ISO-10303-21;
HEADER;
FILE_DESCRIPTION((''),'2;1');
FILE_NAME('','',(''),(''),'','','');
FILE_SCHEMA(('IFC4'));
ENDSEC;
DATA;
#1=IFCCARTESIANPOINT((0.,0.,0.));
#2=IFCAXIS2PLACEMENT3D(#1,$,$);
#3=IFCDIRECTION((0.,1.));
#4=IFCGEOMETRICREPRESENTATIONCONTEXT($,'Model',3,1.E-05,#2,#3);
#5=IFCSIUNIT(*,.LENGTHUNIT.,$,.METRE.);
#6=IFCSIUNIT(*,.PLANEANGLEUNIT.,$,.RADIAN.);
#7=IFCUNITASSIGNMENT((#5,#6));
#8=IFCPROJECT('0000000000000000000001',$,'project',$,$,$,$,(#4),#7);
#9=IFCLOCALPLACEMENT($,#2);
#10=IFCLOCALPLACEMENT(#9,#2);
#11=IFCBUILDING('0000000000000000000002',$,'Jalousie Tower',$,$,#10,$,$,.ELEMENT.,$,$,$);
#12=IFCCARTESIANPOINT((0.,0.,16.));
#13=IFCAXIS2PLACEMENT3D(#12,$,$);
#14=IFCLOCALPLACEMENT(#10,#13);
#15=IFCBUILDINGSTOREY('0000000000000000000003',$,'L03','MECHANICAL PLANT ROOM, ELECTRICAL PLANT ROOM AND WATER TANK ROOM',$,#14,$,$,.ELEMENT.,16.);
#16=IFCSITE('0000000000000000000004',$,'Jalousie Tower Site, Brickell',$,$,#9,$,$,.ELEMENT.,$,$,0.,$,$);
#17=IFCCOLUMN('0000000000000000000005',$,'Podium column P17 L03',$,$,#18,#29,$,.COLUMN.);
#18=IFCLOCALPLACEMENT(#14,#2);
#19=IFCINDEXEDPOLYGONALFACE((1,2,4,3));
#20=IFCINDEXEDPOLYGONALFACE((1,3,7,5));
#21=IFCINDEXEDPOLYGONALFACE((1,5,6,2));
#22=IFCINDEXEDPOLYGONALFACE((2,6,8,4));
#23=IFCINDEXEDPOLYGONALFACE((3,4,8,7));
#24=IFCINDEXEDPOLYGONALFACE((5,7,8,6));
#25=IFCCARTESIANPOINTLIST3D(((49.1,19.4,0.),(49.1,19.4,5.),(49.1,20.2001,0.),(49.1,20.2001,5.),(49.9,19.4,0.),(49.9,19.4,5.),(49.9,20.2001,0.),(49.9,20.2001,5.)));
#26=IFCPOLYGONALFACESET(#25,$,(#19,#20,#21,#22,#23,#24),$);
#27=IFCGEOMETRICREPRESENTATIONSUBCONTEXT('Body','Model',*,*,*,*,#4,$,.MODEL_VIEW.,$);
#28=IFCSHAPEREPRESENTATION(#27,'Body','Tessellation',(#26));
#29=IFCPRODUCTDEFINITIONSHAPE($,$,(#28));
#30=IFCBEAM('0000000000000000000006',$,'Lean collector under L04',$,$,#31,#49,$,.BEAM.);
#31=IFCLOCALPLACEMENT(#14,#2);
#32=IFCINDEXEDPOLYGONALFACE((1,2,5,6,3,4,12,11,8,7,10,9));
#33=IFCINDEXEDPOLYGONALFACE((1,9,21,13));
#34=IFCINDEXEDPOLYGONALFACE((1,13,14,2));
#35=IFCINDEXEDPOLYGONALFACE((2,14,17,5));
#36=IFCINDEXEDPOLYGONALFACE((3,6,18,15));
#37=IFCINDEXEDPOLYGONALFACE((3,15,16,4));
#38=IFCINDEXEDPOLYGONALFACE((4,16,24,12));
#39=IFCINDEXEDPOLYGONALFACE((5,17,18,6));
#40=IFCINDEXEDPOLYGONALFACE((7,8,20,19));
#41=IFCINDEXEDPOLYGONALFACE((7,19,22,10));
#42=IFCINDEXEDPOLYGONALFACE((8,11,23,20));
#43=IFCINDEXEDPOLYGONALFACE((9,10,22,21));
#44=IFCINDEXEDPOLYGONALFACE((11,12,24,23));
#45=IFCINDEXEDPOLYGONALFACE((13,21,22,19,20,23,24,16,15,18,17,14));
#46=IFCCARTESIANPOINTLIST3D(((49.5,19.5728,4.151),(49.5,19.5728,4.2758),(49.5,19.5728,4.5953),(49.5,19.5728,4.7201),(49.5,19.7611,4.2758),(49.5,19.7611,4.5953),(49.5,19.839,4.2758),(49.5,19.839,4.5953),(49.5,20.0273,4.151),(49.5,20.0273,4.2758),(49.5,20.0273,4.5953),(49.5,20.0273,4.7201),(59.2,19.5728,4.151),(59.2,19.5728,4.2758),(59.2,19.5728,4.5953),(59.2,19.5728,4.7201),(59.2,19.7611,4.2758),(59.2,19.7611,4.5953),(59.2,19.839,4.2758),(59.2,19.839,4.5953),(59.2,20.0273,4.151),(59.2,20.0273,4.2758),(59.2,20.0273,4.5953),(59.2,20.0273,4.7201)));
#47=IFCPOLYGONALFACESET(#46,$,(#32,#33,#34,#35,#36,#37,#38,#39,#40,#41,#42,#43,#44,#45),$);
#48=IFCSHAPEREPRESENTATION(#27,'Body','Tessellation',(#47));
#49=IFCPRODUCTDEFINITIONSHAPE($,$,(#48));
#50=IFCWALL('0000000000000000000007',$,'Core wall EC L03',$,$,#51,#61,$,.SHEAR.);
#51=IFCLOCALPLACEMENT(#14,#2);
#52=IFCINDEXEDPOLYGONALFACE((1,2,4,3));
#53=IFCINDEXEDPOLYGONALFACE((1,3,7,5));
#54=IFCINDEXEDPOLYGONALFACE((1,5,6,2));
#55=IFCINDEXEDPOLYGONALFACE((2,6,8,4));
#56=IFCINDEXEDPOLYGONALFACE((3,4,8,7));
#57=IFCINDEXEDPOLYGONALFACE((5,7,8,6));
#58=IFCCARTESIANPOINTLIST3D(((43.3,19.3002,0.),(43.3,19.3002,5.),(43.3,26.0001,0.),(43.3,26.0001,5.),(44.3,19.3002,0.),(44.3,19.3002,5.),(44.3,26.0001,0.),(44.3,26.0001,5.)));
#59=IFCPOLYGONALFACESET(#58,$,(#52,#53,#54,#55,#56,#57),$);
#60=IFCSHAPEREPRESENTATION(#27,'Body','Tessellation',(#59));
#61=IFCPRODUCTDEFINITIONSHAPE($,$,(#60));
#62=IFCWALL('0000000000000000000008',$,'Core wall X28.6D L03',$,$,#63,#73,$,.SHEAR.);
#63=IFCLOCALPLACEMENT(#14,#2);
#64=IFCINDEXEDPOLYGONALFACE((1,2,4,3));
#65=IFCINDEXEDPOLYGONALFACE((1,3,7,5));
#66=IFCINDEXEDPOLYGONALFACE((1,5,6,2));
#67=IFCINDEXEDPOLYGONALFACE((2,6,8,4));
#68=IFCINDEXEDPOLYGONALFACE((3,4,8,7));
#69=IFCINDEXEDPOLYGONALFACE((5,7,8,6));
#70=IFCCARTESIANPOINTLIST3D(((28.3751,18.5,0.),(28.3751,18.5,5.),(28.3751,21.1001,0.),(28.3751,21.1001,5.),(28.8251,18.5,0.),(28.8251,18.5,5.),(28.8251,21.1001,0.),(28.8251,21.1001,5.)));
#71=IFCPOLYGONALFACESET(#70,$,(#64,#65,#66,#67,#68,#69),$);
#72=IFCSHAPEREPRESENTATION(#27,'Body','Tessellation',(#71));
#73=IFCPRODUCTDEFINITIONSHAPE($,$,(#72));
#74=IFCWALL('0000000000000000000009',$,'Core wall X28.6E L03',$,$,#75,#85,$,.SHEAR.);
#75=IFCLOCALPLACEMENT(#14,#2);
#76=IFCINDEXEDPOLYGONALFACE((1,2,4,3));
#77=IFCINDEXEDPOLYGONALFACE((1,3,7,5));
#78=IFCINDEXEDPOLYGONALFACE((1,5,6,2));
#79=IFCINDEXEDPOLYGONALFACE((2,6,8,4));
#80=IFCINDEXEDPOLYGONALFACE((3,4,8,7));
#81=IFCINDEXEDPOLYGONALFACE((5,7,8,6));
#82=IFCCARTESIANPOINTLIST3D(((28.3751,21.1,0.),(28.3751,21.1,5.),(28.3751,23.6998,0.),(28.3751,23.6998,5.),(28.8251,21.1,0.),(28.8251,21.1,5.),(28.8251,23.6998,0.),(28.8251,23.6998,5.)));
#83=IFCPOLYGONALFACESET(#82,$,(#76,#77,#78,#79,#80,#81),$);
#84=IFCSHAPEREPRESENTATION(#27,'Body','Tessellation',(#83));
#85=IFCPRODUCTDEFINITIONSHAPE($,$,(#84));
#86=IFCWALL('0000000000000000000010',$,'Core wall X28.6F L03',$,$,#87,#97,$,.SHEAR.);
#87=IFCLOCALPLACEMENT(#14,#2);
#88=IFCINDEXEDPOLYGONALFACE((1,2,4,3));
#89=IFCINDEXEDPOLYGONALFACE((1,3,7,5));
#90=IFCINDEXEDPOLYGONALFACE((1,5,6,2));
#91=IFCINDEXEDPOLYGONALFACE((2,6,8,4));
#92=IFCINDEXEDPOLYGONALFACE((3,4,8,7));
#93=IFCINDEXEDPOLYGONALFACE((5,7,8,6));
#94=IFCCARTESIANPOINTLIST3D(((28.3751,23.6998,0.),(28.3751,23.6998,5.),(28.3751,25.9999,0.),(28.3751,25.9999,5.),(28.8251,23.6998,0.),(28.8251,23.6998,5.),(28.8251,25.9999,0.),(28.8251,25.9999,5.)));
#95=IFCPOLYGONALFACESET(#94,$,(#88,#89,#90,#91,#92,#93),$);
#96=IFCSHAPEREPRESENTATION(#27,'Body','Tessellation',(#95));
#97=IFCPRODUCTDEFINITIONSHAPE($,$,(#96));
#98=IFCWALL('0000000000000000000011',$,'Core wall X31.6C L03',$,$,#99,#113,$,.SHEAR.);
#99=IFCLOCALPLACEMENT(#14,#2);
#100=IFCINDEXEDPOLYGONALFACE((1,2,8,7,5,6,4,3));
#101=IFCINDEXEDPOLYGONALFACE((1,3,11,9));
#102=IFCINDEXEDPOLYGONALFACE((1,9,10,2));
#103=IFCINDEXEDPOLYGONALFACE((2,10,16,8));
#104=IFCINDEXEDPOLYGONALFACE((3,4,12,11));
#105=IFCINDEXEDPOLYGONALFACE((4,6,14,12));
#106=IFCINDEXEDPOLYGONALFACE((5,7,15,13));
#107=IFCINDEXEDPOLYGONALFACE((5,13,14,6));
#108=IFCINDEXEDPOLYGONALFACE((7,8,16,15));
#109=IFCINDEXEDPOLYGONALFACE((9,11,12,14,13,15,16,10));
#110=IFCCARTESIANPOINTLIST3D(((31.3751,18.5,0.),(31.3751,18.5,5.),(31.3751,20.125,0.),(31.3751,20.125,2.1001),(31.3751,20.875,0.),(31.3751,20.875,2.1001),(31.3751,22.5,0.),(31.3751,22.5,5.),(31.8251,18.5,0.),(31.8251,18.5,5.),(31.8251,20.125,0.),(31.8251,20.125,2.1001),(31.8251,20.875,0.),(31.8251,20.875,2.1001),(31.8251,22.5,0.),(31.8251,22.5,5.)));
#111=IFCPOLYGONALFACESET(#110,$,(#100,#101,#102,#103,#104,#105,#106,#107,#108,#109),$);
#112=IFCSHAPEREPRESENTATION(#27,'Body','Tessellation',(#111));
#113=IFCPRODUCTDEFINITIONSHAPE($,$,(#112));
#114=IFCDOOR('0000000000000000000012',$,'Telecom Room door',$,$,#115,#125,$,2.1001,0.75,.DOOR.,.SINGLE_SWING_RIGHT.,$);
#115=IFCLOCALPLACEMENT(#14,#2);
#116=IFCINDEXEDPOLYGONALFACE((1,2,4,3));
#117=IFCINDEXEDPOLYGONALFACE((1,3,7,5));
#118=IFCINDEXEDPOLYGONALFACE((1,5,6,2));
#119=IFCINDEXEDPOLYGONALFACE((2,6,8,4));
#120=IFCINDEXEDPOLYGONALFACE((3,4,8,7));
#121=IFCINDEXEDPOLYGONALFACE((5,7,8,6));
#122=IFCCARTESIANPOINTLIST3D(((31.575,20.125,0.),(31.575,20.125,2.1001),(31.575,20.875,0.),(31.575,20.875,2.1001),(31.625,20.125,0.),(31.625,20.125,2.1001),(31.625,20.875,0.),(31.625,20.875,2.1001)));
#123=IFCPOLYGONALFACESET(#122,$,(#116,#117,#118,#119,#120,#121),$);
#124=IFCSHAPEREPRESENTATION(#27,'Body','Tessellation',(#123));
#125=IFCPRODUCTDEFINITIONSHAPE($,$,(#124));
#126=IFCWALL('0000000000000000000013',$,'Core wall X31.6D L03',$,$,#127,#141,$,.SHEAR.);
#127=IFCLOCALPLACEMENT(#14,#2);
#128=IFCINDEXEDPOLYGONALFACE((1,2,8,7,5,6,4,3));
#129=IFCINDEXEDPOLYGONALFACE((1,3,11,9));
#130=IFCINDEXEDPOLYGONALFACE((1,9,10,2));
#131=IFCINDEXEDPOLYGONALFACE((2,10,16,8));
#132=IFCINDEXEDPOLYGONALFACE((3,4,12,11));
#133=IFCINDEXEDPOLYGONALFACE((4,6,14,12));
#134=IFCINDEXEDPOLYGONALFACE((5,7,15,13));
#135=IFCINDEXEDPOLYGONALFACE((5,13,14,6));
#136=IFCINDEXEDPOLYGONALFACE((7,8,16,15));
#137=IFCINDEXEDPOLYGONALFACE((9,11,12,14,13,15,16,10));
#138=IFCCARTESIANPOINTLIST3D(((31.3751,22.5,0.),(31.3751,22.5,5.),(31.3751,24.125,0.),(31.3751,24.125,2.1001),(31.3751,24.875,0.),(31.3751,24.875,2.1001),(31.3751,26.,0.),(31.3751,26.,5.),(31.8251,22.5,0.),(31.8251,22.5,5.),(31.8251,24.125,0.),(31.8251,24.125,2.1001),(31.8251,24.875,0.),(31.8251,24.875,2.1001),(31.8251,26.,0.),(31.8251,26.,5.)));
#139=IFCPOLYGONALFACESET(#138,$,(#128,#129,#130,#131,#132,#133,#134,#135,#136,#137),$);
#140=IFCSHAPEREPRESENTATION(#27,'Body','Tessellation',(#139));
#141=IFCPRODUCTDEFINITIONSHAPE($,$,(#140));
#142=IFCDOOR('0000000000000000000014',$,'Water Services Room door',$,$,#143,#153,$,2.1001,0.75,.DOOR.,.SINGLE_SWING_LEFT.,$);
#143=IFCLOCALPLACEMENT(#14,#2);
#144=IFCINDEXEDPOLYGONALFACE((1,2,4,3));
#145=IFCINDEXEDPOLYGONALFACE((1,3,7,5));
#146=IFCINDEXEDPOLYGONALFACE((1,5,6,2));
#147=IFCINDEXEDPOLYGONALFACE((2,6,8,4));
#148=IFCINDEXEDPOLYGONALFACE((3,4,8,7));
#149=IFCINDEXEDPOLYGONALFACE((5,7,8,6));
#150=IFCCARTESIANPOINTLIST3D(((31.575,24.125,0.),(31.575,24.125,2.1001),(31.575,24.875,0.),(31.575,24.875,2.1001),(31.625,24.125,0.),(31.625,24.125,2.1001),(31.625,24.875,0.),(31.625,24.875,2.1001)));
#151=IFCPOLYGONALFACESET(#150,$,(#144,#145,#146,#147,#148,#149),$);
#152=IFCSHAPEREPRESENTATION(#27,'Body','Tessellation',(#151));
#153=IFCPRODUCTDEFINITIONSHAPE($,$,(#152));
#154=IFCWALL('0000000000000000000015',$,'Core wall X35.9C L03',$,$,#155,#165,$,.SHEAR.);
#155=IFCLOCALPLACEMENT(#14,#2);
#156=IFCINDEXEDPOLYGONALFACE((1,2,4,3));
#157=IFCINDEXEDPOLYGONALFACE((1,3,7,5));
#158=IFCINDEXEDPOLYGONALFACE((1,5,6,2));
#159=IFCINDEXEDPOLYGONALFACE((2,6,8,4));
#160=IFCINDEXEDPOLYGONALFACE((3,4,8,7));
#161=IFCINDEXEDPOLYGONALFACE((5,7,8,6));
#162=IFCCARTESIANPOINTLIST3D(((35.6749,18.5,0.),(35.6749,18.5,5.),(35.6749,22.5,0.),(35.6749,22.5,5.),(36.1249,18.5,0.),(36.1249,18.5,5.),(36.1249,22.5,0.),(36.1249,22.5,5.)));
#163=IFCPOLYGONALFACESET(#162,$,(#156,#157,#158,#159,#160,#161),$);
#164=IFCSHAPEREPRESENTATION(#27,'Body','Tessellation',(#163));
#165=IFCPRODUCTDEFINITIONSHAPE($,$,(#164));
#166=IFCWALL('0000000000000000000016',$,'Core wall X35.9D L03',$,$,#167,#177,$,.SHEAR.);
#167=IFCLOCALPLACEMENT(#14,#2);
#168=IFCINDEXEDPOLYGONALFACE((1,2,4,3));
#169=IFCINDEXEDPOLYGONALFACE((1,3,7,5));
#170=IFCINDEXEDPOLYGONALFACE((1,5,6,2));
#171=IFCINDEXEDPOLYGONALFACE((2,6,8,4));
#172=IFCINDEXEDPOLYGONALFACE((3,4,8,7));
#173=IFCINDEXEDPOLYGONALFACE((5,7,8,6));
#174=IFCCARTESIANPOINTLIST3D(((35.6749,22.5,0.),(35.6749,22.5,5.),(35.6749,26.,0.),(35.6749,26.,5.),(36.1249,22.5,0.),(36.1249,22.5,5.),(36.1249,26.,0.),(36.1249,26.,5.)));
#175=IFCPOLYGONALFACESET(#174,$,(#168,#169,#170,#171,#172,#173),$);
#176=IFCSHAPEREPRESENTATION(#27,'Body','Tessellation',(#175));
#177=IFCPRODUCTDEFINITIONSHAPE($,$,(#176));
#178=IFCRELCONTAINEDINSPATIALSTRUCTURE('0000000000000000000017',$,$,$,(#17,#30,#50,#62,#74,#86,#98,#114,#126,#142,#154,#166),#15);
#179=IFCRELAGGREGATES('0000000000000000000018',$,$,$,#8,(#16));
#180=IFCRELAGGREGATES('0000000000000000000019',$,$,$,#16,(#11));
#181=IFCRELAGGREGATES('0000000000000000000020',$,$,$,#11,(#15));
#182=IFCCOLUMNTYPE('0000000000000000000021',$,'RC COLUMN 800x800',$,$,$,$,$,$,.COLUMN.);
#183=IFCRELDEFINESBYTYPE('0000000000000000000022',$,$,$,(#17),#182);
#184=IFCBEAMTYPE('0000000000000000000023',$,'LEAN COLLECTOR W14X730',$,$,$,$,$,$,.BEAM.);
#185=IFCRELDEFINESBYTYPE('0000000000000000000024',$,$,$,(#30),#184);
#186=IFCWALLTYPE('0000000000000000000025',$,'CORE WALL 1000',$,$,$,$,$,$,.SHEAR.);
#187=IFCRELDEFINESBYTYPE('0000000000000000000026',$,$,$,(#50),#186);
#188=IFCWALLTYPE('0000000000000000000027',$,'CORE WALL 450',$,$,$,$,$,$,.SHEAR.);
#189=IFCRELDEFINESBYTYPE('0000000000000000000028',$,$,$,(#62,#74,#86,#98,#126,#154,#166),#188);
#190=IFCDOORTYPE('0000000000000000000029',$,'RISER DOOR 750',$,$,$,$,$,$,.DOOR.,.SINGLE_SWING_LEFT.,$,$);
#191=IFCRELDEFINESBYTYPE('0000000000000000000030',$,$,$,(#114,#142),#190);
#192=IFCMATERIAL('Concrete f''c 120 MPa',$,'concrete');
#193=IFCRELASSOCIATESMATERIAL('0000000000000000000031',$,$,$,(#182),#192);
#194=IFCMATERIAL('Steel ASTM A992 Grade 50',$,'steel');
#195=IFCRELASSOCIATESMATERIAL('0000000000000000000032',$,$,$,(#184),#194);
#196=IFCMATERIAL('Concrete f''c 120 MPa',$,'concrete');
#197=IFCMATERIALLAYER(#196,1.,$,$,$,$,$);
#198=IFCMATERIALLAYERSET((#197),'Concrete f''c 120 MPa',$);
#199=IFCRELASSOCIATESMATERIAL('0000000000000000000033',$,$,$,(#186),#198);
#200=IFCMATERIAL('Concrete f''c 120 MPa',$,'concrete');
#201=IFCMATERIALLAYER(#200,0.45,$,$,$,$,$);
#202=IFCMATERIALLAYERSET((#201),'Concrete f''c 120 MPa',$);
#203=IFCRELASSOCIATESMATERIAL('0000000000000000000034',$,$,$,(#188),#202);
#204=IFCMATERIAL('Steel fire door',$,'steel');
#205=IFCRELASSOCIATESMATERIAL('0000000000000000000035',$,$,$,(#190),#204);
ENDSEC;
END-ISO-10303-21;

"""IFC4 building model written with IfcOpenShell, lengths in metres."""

from ifc_helpers import new_model, si_unit, direction, frame, frame_2d, origin, origin_2d, place, context, subcontext, project, spatial, rectangle, i_section, extrude, material, layer, layer_set, material_profile, profile_set, type_object, element, fill, save


model = new_model("IFC4")

# Units and contexts
model_context = context("Model", 3, precision=1e-05, world=origin(), true_north=direction((0.0, 1.0)))
body_context = subcontext(model_context, "Body", "Model", "MODEL_VIEW")
ifc_project = project(units=[si_unit("LENGTHUNIT", "METRE"), si_unit("PLANEANGLEUNIT", "RADIAN")], contexts=[model_context])

# Site, building, storey
site_placement = place(None, origin())
site = spatial("IfcSite", under=ifc_project, at=site_placement, Name="Jalousie Tower Site, Brickell", CompositionType="ELEMENT", RefElevation=0.0)
building_placement = place(site_placement, origin())
building = spatial("IfcBuilding", under=site, at=building_placement, Name="Jalousie Tower", CompositionType="ELEMENT")
storey_placement = place(building_placement, frame((0.0, 0.0, 16.0)))
storey = spatial("IfcBuildingStorey", under=building, at=storey_placement, Name="L03", Description="MECHANICAL PLANT ROOM, ELECTRICAL PLANT ROOM AND WATER TANK ROOM", CompositionType="ELEMENT", Elevation=16.0)

# Column
ifc_material_1 = material(Name="Concrete f'c 120 MPa", Category="concrete")
ifc_material_profile_1 = material_profile(ifc_material_1, rectangle(XDim=0.8, YDim=0.8, at=origin_2d()), Name="RC 800x800")
ifc_profile_set_1 = profile_set([ifc_material_profile_1], Name="Concrete f'c 120 MPa")
column_type = type_object("IfcColumnType", Name="RC COLUMN 800x800", PredefinedType="COLUMN", material=ifc_profile_set_1)
column_placement = place(storey_placement, frame((49.5, 19.8, 0.0), z_axis=(0.0, 0.0, 1.0), x_axis=(1.0, 0.0, 0.0)))
element("IfcColumn", 1, at=column_placement, inside=storey, type_object=column_type, Name="Podium column P17 L03", PredefinedType="COLUMN", context=body_context, shape_type="SweptSolid", body=[
    extrude(rectangle(XDim=0.8, YDim=0.8, at=origin_2d()), origin(), (0.0, 0.0, 1.0), 5.0),
])

# Beam
ifc_material_2 = material(Name="Steel ASTM A992 Grade 50", Category="steel")
ifc_material_profile_2 = material_profile(ifc_material_2, i_section(OverallWidth=0.4546, OverallDepth=0.5691, WebThickness=0.0779, FlangeThickness=0.1248, at=origin_2d()), Name="W14X730")
ifc_profile_set_2 = profile_set([ifc_material_profile_2], Name="Steel ASTM A992 Grade 50")
beam_type = type_object("IfcBeamType", Name="LEAN COLLECTOR W14X730", PredefinedType="BEAM", material=ifc_profile_set_2)
beam_placement = place(storey_placement, frame((49.5, 19.8, 4.4355), z_axis=(1.0, 0.0, 0.0), x_axis=(0.0, 1.0, 0.0)))
element("IfcBeam", 2, at=beam_placement, inside=storey, type_object=beam_type, Name="Lean collector under L04", PredefinedType="BEAM", context=body_context, shape_type="SweptSolid", body=[
    extrude(i_section(OverallWidth=0.4546, OverallDepth=0.5691, WebThickness=0.0779, FlangeThickness=0.1248, at=origin_2d()), origin(), (0.0, 0.0, 1.0), 9.7),
])

# Walls
ifc_material_3 = material(Name="Concrete f'c 120 MPa", Category="concrete")
ifc_layer_1 = layer(ifc_material_3, 1.0)
ifc_layer_set_1 = layer_set([ifc_layer_1], Name="Concrete f'c 120 MPa")
wall_type_1 = type_object("IfcWallType", Name="CORE WALL 1000", PredefinedType="SHEAR", material=ifc_layer_set_1)
wall_1_placement = place(storey_placement, frame((43.8, 19.3, 0.0), z_axis=(0.0, 0.0, 1.0), x_axis=(0.0, 1.0, 0.0)))
element("IfcWall", 3, at=wall_1_placement, inside=storey, type_object=wall_type_1, Name="Core wall EC L03", PredefinedType="SHEAR", context=body_context, shape_type="SweptSolid", body=[
    extrude(rectangle(XDim=6.7, YDim=1.0, at=frame_2d((3.3501, 0.0))), origin(), (0.0, 0.0, 1.0), 5.0),
])
ifc_material_4 = material(Name="Concrete f'c 120 MPa", Category="concrete")
ifc_layer_2 = layer(ifc_material_4, 0.45)
ifc_layer_set_2 = layer_set([ifc_layer_2], Name="Concrete f'c 120 MPa")
wall_type_2 = type_object("IfcWallType", Name="CORE WALL 450", PredefinedType="SHEAR", material=ifc_layer_set_2)
wall_2_placement = place(storey_placement, frame((28.6001, 18.5, 0.0), z_axis=(0.0, 0.0, 1.0), x_axis=(0.0, 1.0, 0.0)))
element("IfcWall", 4, at=wall_2_placement, inside=storey, type_object=wall_type_2, Name="Core wall X28.6D L03", PredefinedType="SHEAR", context=body_context, shape_type="SweptSolid", body=[
    extrude(rectangle(XDim=2.6001, YDim=0.45, at=frame_2d((1.3, 0.0))), origin(), (0.0, 0.0, 1.0), 5.0),
])
wall_3_placement = place(storey_placement, frame((28.6001, 21.1001, 0.0), z_axis=(0.0, 0.0, 1.0), x_axis=(0.0, 1.0, 0.0)))
element("IfcWall", 5, at=wall_3_placement, inside=storey, type_object=wall_type_2, Name="Core wall X28.6E L03", PredefinedType="SHEAR", context=body_context, shape_type="SweptSolid", body=[
    extrude(rectangle(XDim=2.5999, YDim=0.45, at=frame_2d((1.2998, 0.0))), origin(), (0.0, 0.0, 1.0), 5.0),
])
wall_4_placement = place(storey_placement, frame((28.6001, 23.7, 0.0), z_axis=(0.0, 0.0, 1.0), x_axis=(0.0, 1.0, 0.0)))
element("IfcWall", 6, at=wall_4_placement, inside=storey, type_object=wall_type_2, Name="Core wall X28.6F L03", PredefinedType="SHEAR", context=body_context, shape_type="SweptSolid", body=[
    extrude(rectangle(XDim=2.3, YDim=0.45, at=frame_2d((1.1499, 0.0))), origin(), (0.0, 0.0, 1.0), 5.0),
])

# Walls, openings, doors
wall_5_placement = place(storey_placement, frame((31.6001, 18.5, 0.0), z_axis=(0.0, 0.0, 1.0), x_axis=(0.0, 1.0, 0.0)))
wall_5 = element("IfcWall", 7, at=wall_5_placement, inside=storey, type_object=wall_type_2, Name="Core wall X31.6C L03", PredefinedType="SHEAR", context=body_context, shape_type="SweptSolid", body=[
    extrude(rectangle(XDim=4.0, YDim=0.45, at=frame_2d((2.0, 0.0))), origin(), (0.0, 0.0, 1.0), 5.0),
])
opening_1_placement = place(wall_5_placement, frame((1.625, 0.0, 0.0)))
opening_1 = element("IfcOpeningElement", 8, at=opening_1_placement, cuts=wall_5, PredefinedType="OPENING", context=body_context, shape_type="SweptSolid", body=[
    extrude(rectangle(XDim=0.75, YDim=2.1001, at=frame_2d((0.375, 1.05))), frame((0.0, 0.2349, 0.0), z_axis=(0.0, -1.0, 0.0), x_axis=(1.0, 0.0, 0.0)), (0.0, 0.0, 1.0), 0.47),
])
ifc_material_5 = material(Name="Steel fire door", Category="steel")
door_type_1 = type_object("IfcDoorType", Name="RISER DOOR 750", OperationType="SINGLE_SWING_LEFT", PredefinedType="DOOR", material=ifc_material_5)
door_1_placement = place(opening_1_placement, frame((0.75, 0.0, 0.0), z_axis=(0.0, 0.0, 1.0), x_axis=(-1.0, 0.0, 0.0)))
door_1 = element("IfcDoor", 9, at=door_1_placement, inside=storey, type_object=door_type_1, Name="Telecom Room door", OperationType="SINGLE_SWING_RIGHT", OverallHeight=2.1001, OverallWidth=0.75, PredefinedType="DOOR", context=body_context, shape_type="SweptSolid", body=[
    extrude(rectangle(XDim=0.75, YDim=2.1001, at=frame_2d((0.375, 1.05))), frame((0.0, 0.0249, 0.0), z_axis=(0.0, -1.0, 0.0), x_axis=(1.0, 0.0, 0.0)), (0.0, 0.0, 1.0), 0.05),
])
fill(opening_1, door_1)
wall_6_placement = place(storey_placement, frame((31.6001, 22.5, 0.0), z_axis=(0.0, 0.0, 1.0), x_axis=(0.0, 1.0, 0.0)))
wall_6 = element("IfcWall", 10, at=wall_6_placement, inside=storey, type_object=wall_type_2, Name="Core wall X31.6D L03", PredefinedType="SHEAR", context=body_context, shape_type="SweptSolid", body=[
    extrude(rectangle(XDim=3.5, YDim=0.45, at=frame_2d((1.75, 0.0))), origin(), (0.0, 0.0, 1.0), 5.0),
])
opening_2_placement = place(wall_6_placement, frame((1.625, 0.0, 0.0)))
opening_2 = element("IfcOpeningElement", 11, at=opening_2_placement, cuts=wall_6, PredefinedType="OPENING", context=body_context, shape_type="SweptSolid", body=[
    extrude(rectangle(XDim=0.75, YDim=2.1001, at=frame_2d((0.375, 1.05))), frame((0.0, 0.2349, 0.0), z_axis=(0.0, -1.0, 0.0), x_axis=(1.0, 0.0, 0.0)), (0.0, 0.0, 1.0), 0.47),
])
door_2_placement = place(opening_2_placement, frame((0.75, 0.0, 0.0), z_axis=(0.0, 0.0, 1.0), x_axis=(-1.0, 0.0, 0.0)))
door_2 = element("IfcDoor", 12, at=door_2_placement, inside=storey, type_object=door_type_1, Name="Water Services Room door", OperationType="SINGLE_SWING_LEFT", OverallHeight=2.1001, OverallWidth=0.75, PredefinedType="DOOR", context=body_context, shape_type="SweptSolid", body=[
    extrude(rectangle(XDim=0.75, YDim=2.1001, at=frame_2d((0.375, 1.05))), frame((0.0, 0.0249, 0.0), z_axis=(0.0, -1.0, 0.0), x_axis=(1.0, 0.0, 0.0)), (0.0, 0.0, 1.0), 0.05),
])
fill(opening_2, door_2)

# Walls
wall_7_placement = place(storey_placement, frame((35.8999, 18.5, 0.0), z_axis=(0.0, 0.0, 1.0), x_axis=(0.0, 1.0, 0.0)))
element("IfcWall", 13, at=wall_7_placement, inside=storey, type_object=wall_type_2, Name="Core wall X35.9C L03", PredefinedType="SHEAR", context=body_context, shape_type="SweptSolid", body=[
    extrude(rectangle(XDim=4.0, YDim=0.45, at=frame_2d((2.0, 0.0))), origin(), (0.0, 0.0, 1.0), 5.0),
])
wall_8_placement = place(storey_placement, frame((35.8999, 22.5, 0.0), z_axis=(0.0, 0.0, 1.0), x_axis=(0.0, 1.0, 0.0)))
element("IfcWall", 14, at=wall_8_placement, inside=storey, type_object=wall_type_2, Name="Core wall X35.9D L03", PredefinedType="SHEAR", context=body_context, shape_type="SweptSolid", body=[
    extrude(rectangle(XDim=3.5, YDim=0.45, at=frame_2d((1.75, 0.0))), origin(), (0.0, 0.0, 1.0), 5.0),
])

save(model, "model.ifc")
